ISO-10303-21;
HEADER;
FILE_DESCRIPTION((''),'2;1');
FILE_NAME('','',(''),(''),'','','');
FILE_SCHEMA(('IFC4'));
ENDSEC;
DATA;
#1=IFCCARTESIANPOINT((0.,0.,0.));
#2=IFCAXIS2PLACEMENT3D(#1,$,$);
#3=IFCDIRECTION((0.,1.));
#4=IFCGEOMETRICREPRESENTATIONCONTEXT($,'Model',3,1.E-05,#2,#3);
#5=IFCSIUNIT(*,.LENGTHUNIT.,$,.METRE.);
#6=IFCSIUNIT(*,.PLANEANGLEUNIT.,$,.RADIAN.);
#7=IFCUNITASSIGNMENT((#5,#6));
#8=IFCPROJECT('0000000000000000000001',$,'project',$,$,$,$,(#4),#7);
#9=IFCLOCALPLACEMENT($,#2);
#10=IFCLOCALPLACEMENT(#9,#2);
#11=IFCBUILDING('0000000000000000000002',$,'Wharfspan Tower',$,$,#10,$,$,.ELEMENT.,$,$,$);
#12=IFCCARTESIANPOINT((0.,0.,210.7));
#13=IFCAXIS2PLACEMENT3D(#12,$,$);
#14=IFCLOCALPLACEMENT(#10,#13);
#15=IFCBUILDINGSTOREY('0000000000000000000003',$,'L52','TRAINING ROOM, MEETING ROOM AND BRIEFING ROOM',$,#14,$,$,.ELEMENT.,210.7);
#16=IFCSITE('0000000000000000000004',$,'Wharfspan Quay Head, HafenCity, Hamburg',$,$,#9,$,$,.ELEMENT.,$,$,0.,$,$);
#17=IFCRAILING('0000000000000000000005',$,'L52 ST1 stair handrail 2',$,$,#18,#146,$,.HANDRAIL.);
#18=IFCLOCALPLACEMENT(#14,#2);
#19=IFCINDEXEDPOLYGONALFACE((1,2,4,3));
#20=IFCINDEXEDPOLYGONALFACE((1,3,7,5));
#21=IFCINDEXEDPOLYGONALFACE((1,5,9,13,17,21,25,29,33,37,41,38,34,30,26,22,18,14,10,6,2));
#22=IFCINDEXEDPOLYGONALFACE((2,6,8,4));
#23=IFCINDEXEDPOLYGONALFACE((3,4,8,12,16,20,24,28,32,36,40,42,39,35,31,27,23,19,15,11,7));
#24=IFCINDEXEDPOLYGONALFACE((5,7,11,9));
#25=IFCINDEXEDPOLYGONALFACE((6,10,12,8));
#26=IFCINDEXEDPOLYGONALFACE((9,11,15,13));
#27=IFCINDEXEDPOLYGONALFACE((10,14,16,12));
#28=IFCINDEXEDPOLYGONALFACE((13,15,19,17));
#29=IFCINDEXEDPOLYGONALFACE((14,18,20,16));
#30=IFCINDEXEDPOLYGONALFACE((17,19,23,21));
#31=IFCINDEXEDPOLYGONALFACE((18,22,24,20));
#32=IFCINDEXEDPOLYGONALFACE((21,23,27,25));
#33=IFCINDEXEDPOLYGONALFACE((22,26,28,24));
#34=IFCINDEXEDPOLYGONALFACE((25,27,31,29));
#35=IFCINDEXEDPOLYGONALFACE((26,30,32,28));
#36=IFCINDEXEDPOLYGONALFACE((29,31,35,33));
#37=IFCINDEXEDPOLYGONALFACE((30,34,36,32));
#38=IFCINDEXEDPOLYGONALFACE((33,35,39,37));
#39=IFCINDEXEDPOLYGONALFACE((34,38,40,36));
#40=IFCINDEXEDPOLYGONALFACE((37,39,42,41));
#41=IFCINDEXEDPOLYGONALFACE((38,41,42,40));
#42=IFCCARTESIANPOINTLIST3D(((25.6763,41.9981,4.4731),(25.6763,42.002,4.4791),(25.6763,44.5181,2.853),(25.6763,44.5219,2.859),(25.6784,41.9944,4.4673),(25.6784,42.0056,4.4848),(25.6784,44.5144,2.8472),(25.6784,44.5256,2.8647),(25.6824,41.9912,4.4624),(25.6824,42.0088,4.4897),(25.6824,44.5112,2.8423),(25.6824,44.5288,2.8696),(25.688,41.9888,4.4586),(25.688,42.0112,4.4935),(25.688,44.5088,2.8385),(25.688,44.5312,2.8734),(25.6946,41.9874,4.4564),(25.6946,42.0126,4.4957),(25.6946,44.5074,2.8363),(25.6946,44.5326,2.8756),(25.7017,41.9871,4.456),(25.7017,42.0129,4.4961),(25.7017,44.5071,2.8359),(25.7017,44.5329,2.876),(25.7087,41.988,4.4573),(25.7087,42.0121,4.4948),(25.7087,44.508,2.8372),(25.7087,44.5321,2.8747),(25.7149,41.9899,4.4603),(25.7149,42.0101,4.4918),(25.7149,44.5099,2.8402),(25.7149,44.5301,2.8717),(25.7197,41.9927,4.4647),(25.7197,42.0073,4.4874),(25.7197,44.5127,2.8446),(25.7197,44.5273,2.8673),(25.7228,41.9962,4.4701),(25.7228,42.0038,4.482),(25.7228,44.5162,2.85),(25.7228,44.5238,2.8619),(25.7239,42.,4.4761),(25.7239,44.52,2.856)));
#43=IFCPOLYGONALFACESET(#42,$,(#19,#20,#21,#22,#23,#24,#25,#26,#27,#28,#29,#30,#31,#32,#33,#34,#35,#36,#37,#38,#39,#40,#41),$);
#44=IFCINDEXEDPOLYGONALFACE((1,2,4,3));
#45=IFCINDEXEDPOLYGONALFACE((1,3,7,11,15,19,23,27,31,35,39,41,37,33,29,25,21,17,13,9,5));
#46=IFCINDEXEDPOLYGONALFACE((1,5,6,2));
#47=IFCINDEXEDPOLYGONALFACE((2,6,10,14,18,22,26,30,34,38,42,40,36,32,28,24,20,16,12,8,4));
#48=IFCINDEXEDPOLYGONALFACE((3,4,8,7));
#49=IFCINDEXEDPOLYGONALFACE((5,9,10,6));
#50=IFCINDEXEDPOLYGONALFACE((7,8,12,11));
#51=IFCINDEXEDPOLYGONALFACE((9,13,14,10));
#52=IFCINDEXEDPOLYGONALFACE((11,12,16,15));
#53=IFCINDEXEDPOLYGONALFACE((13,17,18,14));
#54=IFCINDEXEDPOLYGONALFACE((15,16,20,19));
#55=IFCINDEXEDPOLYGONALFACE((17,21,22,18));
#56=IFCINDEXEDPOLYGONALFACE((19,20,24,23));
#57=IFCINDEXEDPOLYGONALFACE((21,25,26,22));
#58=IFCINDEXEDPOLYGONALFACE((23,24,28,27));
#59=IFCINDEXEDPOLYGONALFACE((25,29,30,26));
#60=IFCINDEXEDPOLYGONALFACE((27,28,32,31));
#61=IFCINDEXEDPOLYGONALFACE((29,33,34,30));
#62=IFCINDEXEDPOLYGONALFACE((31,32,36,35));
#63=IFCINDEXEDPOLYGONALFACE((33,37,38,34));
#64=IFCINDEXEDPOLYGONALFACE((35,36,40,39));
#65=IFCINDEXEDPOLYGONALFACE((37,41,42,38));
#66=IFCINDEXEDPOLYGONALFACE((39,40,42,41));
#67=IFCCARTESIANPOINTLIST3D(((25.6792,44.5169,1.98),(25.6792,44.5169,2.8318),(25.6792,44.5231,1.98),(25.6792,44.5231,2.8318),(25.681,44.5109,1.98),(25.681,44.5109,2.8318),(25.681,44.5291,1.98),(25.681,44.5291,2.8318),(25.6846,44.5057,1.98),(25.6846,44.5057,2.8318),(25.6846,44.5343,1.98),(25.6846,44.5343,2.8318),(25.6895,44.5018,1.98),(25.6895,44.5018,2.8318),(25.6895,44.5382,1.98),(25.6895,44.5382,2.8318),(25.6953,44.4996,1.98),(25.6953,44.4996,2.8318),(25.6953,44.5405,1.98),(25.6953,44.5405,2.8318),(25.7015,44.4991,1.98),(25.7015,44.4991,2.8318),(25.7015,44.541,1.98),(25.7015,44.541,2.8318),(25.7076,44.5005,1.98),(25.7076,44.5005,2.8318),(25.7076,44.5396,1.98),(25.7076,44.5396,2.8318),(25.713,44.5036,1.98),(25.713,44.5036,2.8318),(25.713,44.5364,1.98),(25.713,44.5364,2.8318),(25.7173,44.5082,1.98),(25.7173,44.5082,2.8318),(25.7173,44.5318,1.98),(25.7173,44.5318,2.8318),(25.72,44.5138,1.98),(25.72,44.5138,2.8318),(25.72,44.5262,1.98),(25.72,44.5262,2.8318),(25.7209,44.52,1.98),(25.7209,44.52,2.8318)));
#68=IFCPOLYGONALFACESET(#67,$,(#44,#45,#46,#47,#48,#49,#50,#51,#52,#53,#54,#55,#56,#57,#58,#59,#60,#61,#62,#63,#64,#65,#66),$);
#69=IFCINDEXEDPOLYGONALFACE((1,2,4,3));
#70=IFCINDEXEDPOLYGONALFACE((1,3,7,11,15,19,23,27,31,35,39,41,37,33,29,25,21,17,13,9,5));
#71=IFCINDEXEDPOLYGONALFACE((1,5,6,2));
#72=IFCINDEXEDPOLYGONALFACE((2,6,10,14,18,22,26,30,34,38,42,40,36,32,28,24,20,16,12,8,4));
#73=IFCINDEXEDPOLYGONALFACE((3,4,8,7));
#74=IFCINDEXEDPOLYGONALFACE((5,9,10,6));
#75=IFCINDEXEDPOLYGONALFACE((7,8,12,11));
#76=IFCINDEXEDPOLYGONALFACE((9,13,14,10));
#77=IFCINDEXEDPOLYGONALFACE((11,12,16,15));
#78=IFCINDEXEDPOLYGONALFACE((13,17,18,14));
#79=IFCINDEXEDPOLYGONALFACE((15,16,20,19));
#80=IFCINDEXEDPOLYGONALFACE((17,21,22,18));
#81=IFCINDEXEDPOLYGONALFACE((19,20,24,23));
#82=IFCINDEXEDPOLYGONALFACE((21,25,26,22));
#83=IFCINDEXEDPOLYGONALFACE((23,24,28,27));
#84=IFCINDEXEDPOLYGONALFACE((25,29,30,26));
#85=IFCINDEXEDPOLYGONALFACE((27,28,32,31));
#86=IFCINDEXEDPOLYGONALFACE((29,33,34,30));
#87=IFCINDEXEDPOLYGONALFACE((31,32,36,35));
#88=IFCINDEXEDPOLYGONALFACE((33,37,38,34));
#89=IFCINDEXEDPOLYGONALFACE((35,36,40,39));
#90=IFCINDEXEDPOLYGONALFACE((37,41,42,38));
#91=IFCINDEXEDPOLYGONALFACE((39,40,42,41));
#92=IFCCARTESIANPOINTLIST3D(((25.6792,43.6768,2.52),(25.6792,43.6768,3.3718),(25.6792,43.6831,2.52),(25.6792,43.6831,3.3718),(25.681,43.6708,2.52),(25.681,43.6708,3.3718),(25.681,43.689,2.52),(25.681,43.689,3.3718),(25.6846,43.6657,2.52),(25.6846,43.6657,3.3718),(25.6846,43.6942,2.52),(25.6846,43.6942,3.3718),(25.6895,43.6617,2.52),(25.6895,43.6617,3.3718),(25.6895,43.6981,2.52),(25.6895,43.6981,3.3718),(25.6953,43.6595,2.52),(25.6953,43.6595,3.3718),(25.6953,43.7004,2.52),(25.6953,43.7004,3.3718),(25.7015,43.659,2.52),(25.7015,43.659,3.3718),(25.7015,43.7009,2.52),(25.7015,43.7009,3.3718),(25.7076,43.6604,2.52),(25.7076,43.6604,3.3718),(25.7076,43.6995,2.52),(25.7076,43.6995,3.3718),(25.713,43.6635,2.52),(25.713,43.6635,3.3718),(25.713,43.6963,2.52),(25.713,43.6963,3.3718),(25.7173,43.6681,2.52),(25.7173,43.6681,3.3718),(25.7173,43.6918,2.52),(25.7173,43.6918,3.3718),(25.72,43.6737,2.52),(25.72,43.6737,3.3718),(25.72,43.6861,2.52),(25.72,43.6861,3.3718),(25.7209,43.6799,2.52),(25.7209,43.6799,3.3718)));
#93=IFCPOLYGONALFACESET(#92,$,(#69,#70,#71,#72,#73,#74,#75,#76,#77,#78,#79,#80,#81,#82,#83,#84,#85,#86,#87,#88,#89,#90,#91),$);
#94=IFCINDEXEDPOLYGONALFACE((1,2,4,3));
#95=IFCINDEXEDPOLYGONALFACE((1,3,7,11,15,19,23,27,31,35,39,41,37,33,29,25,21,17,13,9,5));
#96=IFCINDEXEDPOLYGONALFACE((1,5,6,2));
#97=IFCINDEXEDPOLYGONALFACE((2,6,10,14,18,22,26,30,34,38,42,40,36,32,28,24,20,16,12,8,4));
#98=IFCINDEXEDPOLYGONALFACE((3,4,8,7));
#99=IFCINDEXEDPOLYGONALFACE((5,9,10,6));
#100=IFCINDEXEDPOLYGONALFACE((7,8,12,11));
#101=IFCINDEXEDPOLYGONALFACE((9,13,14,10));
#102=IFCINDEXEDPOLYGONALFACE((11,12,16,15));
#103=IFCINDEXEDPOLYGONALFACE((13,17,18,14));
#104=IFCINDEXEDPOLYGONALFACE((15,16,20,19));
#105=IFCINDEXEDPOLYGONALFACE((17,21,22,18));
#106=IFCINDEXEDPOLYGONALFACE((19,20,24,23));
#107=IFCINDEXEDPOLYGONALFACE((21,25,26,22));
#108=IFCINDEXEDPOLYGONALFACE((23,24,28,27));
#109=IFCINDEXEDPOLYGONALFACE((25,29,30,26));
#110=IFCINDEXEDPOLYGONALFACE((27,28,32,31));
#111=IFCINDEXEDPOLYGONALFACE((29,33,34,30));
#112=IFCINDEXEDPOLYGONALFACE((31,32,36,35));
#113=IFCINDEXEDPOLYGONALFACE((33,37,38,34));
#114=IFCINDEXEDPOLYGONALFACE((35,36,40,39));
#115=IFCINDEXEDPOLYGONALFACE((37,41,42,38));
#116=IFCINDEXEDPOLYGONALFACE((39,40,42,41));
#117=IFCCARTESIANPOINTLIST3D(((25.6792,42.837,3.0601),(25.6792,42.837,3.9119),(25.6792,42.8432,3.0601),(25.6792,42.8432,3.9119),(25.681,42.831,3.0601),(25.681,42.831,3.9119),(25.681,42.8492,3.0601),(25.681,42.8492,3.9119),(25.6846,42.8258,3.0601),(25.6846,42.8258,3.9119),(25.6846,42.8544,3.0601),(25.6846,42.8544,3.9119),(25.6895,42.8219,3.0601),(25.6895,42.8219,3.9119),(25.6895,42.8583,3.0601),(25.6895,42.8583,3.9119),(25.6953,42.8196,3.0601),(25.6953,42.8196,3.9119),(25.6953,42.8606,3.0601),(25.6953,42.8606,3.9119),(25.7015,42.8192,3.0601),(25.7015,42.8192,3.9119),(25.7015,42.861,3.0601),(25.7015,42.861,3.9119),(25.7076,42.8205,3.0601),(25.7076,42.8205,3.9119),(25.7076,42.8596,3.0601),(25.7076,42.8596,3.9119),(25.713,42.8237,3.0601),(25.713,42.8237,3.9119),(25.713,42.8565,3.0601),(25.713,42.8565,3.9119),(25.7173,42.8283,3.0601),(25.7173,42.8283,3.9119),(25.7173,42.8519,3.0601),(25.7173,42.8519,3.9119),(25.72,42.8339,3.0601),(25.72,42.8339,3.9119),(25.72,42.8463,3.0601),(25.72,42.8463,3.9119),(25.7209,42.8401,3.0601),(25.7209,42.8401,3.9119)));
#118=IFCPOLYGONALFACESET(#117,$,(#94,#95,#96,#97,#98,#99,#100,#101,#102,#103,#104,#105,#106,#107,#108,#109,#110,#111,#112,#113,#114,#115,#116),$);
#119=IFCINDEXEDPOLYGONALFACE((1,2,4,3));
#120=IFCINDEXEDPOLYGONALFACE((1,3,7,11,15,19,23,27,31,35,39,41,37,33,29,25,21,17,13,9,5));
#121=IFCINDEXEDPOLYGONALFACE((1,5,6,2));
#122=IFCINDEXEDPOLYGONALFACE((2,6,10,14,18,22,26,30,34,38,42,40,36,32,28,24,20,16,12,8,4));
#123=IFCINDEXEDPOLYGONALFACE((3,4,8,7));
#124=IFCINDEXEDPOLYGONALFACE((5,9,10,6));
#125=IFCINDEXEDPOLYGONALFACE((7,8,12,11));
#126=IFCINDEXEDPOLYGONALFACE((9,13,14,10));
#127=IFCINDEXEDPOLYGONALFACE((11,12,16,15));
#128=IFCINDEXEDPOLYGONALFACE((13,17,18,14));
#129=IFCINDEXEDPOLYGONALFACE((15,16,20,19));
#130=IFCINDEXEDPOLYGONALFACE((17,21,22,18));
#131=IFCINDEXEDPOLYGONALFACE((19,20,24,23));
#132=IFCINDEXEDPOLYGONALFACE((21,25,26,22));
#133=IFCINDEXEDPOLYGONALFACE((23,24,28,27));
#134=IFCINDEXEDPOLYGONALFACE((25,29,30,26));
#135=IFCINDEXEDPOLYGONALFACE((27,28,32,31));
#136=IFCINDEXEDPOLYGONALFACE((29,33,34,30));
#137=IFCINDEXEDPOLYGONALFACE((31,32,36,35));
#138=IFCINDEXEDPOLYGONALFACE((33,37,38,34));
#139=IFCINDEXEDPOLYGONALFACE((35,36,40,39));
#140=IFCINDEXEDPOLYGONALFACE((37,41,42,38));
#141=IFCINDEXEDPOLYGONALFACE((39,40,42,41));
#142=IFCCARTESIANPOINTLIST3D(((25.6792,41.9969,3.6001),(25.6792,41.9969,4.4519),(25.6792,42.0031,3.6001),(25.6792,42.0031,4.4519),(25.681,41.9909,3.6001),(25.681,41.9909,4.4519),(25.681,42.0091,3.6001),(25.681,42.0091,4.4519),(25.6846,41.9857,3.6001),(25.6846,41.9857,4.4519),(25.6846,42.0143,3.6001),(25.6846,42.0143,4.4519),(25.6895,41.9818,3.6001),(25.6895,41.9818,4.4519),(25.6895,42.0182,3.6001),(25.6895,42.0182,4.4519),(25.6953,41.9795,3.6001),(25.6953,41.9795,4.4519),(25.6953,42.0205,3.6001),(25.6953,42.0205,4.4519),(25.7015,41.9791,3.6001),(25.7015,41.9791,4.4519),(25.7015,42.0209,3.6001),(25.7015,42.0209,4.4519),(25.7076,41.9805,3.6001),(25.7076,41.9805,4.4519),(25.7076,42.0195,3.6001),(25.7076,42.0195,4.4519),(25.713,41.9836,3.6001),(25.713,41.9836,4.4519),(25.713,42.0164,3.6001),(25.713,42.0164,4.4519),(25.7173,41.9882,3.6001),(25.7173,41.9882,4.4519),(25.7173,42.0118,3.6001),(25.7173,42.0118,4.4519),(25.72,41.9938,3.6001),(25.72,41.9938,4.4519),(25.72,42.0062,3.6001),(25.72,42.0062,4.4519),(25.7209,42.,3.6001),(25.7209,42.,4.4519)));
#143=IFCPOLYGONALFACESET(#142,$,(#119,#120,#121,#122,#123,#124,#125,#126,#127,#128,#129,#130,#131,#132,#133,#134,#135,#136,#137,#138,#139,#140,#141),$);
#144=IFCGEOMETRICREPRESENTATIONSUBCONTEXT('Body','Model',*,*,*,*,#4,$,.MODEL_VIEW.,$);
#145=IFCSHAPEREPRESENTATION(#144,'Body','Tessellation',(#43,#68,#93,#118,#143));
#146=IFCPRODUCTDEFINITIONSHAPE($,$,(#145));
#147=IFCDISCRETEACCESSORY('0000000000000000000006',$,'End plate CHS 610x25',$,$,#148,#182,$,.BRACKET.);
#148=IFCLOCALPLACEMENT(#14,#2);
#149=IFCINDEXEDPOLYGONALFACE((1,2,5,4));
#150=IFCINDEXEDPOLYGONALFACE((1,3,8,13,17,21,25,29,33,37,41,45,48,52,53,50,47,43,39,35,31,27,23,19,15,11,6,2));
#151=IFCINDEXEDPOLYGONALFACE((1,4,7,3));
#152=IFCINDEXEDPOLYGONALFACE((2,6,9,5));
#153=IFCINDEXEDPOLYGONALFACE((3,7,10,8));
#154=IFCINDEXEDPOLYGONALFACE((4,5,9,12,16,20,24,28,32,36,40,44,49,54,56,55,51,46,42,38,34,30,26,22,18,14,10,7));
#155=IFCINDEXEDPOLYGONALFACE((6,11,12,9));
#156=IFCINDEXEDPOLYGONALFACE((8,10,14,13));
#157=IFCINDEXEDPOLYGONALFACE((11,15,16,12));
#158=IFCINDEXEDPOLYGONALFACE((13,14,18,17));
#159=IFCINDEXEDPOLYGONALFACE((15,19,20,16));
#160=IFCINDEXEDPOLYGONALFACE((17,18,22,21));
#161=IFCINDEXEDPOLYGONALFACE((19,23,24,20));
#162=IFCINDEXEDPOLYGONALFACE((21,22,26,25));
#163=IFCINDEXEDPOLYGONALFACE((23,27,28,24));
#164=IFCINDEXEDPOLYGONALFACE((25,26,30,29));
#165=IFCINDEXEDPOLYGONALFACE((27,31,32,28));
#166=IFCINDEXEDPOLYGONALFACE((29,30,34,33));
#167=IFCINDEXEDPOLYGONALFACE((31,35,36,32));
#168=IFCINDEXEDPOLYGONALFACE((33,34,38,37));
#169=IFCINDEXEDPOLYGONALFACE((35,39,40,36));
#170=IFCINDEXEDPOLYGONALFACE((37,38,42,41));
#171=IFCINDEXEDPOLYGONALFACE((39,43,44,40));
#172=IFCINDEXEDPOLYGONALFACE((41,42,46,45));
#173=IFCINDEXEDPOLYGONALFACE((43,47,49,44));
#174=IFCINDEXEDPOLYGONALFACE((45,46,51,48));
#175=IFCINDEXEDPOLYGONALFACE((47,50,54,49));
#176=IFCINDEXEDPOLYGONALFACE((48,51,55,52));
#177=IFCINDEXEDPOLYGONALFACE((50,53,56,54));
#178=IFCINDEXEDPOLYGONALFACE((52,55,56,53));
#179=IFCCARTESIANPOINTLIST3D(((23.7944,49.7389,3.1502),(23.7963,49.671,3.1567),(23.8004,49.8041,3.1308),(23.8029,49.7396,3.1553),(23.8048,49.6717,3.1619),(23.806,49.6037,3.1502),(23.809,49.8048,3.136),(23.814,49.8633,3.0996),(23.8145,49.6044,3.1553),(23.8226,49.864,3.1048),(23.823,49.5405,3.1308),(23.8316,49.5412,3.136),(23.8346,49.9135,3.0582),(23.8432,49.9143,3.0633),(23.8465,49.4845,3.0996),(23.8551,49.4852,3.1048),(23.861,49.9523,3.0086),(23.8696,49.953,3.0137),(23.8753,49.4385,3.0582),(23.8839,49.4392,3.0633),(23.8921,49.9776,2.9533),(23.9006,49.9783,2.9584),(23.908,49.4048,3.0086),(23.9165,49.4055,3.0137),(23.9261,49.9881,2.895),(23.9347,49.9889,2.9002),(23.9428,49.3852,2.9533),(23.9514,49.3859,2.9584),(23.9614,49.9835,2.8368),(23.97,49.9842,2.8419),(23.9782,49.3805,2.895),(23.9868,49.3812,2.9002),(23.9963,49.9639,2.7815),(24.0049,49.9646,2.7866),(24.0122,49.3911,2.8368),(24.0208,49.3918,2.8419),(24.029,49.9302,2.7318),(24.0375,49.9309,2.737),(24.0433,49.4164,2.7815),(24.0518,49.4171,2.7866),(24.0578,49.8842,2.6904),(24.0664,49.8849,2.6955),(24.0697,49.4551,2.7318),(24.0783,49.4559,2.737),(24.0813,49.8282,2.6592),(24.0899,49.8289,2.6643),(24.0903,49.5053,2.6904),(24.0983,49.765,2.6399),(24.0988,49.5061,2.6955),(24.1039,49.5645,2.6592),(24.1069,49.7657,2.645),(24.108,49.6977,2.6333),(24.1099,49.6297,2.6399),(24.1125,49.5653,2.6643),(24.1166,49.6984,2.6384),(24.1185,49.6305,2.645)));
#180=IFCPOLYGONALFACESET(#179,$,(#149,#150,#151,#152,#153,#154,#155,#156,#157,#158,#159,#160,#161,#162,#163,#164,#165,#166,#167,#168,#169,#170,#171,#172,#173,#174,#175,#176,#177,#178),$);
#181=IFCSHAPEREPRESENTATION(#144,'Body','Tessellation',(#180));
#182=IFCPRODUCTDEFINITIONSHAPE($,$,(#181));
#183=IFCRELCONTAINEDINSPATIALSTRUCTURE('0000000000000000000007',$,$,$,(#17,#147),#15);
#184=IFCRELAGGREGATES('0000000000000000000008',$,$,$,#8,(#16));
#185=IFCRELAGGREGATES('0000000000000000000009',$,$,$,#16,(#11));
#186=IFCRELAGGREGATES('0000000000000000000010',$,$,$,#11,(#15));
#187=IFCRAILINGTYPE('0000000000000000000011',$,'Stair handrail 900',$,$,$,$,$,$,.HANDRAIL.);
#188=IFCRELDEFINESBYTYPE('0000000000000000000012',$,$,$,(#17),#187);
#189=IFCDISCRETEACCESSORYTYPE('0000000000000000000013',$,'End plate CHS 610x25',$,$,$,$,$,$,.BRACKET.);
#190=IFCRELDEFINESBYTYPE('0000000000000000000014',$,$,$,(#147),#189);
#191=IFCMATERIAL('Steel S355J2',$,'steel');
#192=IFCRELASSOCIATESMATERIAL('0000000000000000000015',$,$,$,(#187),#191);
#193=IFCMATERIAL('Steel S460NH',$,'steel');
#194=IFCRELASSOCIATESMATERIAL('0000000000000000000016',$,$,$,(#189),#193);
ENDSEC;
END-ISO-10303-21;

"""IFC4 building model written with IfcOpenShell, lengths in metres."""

from ifc_helpers import new_model, si_unit, direction, frame, origin, origin_2d, place, context, subcontext, project, spatial, circle, extrude, material, material_profile, profile_set, type_object, element, save


model = new_model("IFC4")

# Units and contexts
model_context = context("Model", 3, precision=1e-05, world=origin(), true_north=direction((0.0, 1.0)))
body_context = subcontext(model_context, "Body", "Model", "MODEL_VIEW")
ifc_project = project(units=[si_unit("LENGTHUNIT", "METRE"), si_unit("PLANEANGLEUNIT", "RADIAN")], contexts=[model_context])

# Site, building, storey
site_placement = place(None, origin())
site = spatial("IfcSite", under=ifc_project, at=site_placement, Name="Wharfspan Quay Head, HafenCity, Hamburg", CompositionType="ELEMENT", RefElevation=0.0)
building_placement = place(site_placement, origin())
building = spatial("IfcBuilding", under=site, at=building_placement, Name="Wharfspan Tower", CompositionType="ELEMENT")
storey_placement = place(building_placement, frame((0.0, 0.0, 210.7)))
storey = spatial("IfcBuildingStorey", under=building, at=storey_placement, Name="L52", Description="TRAINING ROOM, MEETING ROOM AND BRIEFING ROOM", CompositionType="ELEMENT", Elevation=210.7)

# Shared definitions
ifc_material_1 = material(Name="Steel S355J2", Category="steel")

# Shared definitions
ifc_material_2 = material(Name="Steel S460NH", Category="steel")

# Railing
railing_type = type_object("IfcRailingType", Name="Stair handrail 900", PredefinedType="HANDRAIL", material=ifc_material_1)
railing_1_placement = place(storey_placement, frame((25.7, 44.52, 1.98)))
element("IfcRailing", 1, at=railing_1_placement, inside=storey, type_object=railing_type, Name="L52 ST1 stair handrail 2", PredefinedType="HANDRAIL", context=body_context, shape_type="SweptSolid", body=[
    extrude(circle(Radius=0.0239, at=origin_2d()), frame((0.0, 0.0, 0.876), z_axis=(0.0, -0.841163, 0.540782), x_axis=(1.0, 0.0, 0.0)), (0.0, 0.0, 1.0), 2.9958),
    extrude(circle(Radius=0.021, at=origin_2d()), origin(), (0.0, 0.0, 1.0), 0.8518),
    extrude(circle(Radius=0.021, at=origin_2d()), frame((0.0, -0.8401, 0.54)), (0.0, 0.0, 1.0), 0.8518),
    extrude(circle(Radius=0.021, at=origin_2d()), frame((0.0, -1.6799, 1.0801)), (0.0, 0.0, 1.0), 0.8518),
    extrude(circle(Radius=0.021, at=origin_2d()), frame((0.0, -2.52, 1.6201)), (0.0, 0.0, 1.0), 0.8518),
])

# Discrete accessory
ifc_material_profile_1 = material_profile(ifc_material_2, circle(Radius=0.3049, at=origin_2d()))
ifc_profile_set_1 = profile_set([ifc_material_profile_1], Name="Steel S460NH")
discrete_accessory_type = type_object("IfcDiscreteAccessoryType", Name="End plate CHS 610x25", PredefinedType="BRACKET", material=ifc_profile_set_1)
for number, where, z_axis, x_axis, name in (
    (2, (23.9521, 49.6843, 2.895), (0.855186, 0.073302, 0.513112), (-0.085402, 0.996345, 0.000001), "End plate CHS 610x25"),
):
    element("IfcDiscreteAccessory", number, at=place(storey_placement, frame(where, z_axis=z_axis, x_axis=x_axis)), inside=storey, type_object=discrete_accessory_type, Name=name, PredefinedType="BRACKET", context=body_context, shape_type="SweptSolid", body=[
        extrude(circle(Radius=0.3049, at=origin_2d()), origin(), (0.0, 0.0, 1.0), 0.01),
    ])

save(model, "model.ifc")
